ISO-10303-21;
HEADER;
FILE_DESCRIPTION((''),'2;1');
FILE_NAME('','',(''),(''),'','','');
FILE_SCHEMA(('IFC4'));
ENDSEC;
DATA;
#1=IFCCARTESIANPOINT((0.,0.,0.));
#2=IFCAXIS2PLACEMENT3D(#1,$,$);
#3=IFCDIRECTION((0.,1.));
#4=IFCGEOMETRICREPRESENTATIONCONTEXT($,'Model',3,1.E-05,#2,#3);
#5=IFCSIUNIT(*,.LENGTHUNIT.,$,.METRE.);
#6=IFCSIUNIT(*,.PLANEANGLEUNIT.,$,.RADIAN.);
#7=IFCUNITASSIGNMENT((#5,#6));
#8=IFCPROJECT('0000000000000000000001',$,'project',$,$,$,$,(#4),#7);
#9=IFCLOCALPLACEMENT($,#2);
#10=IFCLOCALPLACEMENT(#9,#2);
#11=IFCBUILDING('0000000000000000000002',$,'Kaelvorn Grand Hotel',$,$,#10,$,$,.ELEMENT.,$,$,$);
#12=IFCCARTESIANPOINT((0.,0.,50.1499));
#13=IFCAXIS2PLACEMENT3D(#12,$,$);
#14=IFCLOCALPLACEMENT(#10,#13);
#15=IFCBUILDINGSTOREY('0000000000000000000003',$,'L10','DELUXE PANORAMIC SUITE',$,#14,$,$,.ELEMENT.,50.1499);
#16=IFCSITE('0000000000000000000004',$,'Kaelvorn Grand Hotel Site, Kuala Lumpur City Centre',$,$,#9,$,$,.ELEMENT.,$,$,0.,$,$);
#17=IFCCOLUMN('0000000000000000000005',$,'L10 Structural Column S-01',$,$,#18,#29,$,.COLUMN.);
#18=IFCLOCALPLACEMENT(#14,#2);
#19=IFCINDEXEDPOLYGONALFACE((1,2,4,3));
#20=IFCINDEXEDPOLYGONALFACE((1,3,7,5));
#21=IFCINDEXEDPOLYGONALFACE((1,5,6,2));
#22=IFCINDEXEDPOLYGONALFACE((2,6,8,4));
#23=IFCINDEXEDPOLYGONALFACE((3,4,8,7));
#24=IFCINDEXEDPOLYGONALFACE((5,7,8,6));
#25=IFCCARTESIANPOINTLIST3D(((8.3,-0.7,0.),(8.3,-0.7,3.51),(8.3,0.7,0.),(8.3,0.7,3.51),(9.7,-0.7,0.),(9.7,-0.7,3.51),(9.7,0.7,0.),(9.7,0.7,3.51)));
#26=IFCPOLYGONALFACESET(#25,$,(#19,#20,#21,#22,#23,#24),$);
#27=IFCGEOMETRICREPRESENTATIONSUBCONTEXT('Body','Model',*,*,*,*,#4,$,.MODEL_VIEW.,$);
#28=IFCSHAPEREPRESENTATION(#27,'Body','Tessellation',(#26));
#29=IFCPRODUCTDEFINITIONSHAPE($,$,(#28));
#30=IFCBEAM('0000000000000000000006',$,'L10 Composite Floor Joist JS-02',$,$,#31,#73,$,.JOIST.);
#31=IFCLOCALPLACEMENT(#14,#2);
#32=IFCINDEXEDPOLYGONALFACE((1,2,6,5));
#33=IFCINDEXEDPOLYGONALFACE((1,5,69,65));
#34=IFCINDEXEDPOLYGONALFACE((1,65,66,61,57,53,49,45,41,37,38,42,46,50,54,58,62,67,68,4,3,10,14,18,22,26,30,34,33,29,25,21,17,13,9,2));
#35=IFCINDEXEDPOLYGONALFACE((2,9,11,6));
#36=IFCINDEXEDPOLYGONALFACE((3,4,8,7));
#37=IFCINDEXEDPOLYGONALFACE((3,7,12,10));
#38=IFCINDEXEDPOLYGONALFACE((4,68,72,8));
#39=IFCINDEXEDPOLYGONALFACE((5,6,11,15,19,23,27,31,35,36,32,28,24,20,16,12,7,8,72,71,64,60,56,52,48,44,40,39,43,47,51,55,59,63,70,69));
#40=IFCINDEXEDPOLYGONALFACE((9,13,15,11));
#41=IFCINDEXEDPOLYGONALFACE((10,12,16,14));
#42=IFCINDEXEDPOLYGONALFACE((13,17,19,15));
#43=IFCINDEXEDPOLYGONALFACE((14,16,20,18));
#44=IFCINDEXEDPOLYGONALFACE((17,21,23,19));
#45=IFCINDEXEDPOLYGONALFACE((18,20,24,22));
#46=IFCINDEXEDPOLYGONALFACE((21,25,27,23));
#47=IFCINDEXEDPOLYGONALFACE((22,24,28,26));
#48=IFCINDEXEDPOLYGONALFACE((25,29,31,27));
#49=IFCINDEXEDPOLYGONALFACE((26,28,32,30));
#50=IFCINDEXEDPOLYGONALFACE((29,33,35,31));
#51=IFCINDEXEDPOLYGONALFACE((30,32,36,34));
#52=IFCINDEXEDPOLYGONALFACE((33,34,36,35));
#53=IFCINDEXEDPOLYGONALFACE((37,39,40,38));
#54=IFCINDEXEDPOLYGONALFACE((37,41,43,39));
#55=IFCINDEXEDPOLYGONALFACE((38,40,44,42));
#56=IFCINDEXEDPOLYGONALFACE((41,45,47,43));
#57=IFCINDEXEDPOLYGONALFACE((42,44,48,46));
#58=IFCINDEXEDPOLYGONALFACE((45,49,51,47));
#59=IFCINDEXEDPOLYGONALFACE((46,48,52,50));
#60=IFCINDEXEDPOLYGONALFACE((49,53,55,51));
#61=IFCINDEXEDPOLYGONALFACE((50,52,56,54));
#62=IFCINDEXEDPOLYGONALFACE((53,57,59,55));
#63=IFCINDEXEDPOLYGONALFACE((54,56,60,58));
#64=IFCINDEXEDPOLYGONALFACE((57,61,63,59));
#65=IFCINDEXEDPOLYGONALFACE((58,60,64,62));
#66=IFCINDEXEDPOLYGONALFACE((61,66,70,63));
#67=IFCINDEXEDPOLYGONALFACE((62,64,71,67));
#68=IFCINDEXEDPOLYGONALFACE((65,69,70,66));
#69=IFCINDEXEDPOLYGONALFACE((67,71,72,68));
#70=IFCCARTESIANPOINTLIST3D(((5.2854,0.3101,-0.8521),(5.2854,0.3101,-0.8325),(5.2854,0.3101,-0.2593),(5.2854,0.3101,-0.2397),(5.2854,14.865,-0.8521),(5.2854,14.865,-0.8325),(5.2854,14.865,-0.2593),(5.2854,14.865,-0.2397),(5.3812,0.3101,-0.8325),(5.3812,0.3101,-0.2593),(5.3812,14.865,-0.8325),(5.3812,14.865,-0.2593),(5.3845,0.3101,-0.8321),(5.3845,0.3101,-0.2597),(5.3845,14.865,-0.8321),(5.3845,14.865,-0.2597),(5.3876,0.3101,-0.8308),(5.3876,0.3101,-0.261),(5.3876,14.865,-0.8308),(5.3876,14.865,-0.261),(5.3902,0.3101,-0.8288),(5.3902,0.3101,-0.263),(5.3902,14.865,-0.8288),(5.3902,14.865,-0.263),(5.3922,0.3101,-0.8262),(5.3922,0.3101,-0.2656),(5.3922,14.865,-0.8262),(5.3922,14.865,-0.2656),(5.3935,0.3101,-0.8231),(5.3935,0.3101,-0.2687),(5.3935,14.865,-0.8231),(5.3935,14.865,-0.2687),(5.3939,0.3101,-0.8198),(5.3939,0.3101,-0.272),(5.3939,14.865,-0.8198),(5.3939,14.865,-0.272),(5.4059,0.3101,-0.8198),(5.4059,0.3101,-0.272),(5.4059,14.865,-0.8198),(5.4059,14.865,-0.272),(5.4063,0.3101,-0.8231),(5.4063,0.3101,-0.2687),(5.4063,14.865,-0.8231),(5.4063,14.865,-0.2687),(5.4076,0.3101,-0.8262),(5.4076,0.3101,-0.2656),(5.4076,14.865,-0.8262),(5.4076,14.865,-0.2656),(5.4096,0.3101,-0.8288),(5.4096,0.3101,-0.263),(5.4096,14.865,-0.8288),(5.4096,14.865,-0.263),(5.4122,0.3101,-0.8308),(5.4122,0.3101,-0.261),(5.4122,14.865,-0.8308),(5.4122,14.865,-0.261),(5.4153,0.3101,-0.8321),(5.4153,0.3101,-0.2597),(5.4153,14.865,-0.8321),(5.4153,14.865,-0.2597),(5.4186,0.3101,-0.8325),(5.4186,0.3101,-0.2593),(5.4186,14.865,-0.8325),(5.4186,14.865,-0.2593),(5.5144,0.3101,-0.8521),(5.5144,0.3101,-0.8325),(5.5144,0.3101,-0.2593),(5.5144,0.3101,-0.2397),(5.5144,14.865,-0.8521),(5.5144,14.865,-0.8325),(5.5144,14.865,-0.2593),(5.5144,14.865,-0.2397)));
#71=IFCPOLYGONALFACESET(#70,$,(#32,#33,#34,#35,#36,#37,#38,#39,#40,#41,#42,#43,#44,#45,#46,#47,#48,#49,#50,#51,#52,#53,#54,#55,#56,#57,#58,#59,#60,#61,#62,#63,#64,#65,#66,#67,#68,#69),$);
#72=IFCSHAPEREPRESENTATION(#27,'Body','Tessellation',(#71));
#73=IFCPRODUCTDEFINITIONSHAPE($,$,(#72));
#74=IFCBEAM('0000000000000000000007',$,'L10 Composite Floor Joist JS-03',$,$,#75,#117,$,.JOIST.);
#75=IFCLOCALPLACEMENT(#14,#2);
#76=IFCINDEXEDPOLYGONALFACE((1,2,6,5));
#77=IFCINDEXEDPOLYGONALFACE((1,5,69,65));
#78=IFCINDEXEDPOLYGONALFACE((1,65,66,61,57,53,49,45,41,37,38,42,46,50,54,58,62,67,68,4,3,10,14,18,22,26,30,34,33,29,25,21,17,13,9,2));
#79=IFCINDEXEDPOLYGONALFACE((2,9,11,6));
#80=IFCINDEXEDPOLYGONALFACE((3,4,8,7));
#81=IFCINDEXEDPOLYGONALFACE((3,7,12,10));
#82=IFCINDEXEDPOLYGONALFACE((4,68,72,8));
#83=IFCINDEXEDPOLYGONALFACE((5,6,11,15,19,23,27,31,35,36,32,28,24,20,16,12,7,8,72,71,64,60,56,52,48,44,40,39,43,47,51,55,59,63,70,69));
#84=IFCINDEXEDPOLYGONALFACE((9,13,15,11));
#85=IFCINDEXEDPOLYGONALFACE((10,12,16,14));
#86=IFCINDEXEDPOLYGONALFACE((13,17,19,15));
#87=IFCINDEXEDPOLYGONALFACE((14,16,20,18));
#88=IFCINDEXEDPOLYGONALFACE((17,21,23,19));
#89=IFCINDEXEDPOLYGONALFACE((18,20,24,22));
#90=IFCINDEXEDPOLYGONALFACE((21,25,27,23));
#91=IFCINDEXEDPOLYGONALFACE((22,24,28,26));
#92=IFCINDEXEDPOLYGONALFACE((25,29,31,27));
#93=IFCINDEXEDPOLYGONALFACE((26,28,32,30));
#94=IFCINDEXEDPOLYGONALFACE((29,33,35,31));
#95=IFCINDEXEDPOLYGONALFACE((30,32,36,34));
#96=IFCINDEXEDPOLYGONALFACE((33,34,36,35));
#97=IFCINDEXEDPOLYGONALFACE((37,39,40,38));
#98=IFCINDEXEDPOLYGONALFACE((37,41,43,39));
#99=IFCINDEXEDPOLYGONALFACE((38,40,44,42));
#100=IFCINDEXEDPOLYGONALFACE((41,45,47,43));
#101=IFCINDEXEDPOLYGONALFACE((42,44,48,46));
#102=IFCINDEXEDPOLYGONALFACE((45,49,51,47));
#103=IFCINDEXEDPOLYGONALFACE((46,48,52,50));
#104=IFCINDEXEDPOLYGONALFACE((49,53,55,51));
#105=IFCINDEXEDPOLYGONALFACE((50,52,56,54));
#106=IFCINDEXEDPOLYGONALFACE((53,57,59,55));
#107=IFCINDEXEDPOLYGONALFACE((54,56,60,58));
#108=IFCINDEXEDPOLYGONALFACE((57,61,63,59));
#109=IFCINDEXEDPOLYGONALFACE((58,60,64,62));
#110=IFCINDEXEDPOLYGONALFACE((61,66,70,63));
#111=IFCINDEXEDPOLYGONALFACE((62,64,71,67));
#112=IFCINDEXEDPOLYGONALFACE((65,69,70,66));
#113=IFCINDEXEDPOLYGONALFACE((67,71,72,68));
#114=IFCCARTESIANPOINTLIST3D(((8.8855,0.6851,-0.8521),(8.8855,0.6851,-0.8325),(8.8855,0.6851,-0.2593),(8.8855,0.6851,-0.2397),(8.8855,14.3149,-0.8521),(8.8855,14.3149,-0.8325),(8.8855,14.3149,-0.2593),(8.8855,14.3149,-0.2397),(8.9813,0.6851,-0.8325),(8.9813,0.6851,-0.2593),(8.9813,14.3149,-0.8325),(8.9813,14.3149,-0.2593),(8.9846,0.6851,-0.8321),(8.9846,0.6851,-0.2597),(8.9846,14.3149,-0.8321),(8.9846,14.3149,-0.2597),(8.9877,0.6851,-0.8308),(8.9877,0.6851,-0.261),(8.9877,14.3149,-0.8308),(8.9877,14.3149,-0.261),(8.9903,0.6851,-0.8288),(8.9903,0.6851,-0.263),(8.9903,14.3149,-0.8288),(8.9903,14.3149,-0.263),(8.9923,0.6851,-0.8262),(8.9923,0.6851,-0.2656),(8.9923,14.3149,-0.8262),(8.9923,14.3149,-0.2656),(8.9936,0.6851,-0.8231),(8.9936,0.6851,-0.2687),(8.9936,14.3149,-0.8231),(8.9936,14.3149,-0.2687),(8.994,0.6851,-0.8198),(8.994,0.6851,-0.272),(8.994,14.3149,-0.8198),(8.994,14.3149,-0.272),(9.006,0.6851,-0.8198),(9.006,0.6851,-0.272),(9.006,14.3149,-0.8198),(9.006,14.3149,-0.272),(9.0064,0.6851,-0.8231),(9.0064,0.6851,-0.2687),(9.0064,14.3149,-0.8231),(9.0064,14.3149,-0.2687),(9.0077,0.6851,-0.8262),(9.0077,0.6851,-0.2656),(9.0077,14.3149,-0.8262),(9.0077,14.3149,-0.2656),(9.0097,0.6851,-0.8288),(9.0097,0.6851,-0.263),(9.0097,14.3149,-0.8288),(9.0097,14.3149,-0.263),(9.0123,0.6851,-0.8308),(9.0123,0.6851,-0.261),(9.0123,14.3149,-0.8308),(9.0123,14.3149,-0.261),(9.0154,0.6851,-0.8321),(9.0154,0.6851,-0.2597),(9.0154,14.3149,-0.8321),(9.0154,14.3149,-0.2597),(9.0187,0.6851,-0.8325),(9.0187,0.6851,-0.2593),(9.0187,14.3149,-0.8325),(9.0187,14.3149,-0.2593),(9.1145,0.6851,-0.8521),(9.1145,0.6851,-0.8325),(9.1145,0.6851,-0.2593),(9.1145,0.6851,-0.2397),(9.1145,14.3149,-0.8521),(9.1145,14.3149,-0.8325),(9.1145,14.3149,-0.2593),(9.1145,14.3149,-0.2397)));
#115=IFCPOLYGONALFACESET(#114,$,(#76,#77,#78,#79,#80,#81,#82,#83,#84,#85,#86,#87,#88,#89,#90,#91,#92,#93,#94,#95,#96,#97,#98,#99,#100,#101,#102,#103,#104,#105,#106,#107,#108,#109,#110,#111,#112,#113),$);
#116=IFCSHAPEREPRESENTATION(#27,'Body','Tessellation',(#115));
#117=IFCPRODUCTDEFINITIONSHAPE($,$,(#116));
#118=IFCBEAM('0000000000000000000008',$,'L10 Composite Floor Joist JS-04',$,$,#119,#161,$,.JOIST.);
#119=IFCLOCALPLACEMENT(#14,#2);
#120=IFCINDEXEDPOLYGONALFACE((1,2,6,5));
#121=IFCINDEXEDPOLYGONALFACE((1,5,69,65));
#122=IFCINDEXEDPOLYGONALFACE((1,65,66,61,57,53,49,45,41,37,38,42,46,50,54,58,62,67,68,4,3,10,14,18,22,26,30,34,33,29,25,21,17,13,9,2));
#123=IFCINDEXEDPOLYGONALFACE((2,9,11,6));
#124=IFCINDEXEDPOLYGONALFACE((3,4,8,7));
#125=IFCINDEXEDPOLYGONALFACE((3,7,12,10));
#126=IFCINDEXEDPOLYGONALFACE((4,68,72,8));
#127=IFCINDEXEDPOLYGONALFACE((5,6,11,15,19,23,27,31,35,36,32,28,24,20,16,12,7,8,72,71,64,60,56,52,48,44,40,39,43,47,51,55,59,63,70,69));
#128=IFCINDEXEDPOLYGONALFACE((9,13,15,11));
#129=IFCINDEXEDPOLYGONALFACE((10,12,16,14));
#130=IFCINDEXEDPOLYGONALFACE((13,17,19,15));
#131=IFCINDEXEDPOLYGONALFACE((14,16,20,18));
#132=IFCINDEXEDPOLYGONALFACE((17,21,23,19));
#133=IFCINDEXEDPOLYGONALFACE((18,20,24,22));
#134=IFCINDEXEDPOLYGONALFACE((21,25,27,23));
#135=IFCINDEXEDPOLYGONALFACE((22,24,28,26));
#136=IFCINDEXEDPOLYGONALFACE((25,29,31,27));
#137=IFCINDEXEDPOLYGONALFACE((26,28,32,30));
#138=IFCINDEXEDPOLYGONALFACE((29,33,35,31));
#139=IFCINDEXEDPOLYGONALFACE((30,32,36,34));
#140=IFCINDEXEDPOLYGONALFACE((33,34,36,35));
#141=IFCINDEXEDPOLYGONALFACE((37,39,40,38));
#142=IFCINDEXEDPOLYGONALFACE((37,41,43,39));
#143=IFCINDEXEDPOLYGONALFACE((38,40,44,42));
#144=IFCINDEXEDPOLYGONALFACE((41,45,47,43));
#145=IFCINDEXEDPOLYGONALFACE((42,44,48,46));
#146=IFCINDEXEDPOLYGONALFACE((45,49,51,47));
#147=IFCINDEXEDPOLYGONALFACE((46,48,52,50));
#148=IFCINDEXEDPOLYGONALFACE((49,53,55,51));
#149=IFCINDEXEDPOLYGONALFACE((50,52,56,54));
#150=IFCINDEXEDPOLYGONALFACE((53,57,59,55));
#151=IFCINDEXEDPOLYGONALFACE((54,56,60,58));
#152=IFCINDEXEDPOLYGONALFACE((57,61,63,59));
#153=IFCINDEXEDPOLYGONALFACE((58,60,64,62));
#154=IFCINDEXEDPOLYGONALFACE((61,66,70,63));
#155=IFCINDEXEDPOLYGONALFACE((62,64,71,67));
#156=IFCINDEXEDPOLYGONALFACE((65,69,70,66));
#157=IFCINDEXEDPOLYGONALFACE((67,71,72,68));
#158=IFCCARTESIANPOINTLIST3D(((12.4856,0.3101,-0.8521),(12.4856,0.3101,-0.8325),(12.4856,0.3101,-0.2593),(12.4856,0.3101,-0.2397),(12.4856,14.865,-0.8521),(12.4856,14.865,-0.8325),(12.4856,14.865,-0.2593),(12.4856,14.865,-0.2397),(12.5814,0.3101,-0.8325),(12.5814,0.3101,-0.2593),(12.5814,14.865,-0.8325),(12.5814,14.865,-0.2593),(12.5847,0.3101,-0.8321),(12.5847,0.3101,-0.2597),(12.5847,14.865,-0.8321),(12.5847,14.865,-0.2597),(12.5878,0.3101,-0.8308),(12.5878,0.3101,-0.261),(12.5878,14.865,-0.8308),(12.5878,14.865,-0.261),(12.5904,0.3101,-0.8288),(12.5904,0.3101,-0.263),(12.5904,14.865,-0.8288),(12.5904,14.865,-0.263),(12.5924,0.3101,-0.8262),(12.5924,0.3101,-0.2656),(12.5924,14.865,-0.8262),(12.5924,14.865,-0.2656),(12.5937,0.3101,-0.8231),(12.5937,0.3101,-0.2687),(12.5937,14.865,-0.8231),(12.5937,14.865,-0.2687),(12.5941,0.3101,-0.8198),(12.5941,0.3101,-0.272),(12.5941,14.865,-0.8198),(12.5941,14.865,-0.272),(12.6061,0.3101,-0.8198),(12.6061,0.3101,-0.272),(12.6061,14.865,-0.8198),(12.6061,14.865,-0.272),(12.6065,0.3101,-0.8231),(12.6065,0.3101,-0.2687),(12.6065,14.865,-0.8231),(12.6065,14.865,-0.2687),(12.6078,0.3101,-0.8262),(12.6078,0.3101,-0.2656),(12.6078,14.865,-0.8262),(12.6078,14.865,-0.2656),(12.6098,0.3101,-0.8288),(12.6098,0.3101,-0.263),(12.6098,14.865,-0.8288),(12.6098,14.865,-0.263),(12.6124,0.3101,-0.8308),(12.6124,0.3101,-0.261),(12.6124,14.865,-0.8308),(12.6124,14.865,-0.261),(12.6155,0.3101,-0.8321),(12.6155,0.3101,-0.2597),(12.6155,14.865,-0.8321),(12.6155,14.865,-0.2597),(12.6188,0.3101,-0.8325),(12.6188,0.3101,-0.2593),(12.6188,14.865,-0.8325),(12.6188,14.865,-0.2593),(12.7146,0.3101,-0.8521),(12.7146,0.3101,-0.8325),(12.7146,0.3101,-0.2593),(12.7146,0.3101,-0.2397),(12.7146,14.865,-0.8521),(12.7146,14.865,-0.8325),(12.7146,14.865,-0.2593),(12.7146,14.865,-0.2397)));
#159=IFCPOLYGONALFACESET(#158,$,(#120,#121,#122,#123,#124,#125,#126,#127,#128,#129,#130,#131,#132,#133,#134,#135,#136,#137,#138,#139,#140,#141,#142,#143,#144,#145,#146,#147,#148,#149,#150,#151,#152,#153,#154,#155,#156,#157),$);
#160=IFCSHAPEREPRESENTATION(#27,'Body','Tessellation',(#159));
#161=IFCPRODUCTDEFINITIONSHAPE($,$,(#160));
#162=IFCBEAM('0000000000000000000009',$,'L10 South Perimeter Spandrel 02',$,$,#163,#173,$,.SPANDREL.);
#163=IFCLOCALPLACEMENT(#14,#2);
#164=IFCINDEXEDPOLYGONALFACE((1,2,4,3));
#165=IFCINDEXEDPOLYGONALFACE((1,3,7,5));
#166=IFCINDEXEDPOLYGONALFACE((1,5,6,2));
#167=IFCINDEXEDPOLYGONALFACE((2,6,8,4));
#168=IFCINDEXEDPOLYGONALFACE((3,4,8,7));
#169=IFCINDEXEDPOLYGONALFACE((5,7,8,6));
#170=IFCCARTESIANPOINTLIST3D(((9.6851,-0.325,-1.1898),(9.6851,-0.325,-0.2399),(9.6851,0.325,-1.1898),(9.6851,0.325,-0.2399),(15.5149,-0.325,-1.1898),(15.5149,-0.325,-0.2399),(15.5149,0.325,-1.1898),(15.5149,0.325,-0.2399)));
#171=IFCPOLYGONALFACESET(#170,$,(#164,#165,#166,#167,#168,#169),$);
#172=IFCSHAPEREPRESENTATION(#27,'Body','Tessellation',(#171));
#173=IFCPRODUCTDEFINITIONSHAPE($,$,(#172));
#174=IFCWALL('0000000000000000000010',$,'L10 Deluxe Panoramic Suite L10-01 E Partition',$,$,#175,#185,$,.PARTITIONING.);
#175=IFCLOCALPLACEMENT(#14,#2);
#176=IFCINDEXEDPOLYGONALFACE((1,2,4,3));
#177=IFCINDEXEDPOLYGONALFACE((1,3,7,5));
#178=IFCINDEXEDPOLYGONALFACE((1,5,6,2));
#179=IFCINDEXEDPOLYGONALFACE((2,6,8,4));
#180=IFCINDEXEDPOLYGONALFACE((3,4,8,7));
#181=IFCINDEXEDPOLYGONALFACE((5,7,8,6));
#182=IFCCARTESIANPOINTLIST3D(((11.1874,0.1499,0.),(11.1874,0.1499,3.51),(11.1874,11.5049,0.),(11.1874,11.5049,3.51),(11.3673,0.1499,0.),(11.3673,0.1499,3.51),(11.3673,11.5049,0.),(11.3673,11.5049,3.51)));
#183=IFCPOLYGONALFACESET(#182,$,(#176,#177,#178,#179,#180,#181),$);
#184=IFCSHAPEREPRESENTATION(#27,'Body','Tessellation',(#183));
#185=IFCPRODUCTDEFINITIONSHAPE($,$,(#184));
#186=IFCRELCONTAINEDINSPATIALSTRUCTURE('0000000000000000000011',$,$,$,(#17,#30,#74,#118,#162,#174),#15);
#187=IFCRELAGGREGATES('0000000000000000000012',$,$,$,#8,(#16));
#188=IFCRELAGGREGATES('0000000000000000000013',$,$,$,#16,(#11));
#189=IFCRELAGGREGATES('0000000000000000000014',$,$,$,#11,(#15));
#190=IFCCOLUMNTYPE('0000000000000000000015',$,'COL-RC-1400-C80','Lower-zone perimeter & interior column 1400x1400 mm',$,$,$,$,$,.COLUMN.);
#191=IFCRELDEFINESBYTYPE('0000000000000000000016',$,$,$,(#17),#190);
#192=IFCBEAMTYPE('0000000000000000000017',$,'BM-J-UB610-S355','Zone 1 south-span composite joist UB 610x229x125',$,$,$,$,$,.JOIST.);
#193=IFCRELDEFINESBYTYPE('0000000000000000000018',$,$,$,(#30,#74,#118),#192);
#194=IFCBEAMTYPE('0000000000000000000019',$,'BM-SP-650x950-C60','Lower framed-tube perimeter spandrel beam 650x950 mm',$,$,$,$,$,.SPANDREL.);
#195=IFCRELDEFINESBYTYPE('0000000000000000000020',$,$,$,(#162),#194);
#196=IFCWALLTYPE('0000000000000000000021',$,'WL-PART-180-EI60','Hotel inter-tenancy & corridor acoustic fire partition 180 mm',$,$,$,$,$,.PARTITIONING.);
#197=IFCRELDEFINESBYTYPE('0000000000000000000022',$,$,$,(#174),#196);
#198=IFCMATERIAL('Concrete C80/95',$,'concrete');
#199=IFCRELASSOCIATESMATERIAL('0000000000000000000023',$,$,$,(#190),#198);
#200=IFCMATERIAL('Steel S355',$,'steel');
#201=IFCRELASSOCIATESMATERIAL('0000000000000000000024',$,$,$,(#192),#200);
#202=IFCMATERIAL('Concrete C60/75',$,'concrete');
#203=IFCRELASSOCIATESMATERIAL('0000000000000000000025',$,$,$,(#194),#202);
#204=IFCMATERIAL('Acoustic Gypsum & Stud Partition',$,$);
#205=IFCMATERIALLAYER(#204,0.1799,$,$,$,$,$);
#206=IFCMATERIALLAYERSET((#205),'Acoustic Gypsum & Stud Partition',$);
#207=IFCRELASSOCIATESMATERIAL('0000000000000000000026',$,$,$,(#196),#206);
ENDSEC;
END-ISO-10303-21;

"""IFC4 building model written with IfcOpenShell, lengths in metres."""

from ifc_helpers import new_model, si_unit, direction, frame, frame_2d, origin, origin_2d, place, context, subcontext, project, spatial, rectangle, i_section, extrude, material, layer, layer_set, material_profile, profile_set, type_object, element, save


model = new_model("IFC4")

# Units and contexts
model_context = context("Model", 3, precision=1e-05, world=origin(), true_north=direction((0.0, 1.0)))
body_context = subcontext(model_context, "Body", "Model", "MODEL_VIEW")
ifc_project = project(units=[si_unit("LENGTHUNIT", "METRE"), si_unit("PLANEANGLEUNIT", "RADIAN")], contexts=[model_context])

# Site, building, storey
site_placement = place(None, origin())
site = spatial("IfcSite", under=ifc_project, at=site_placement, Name="Kaelvorn Grand Hotel Site, Kuala Lumpur City Centre", CompositionType="ELEMENT", RefElevation=0.0)
building_placement = place(site_placement, origin())
building = spatial("IfcBuilding", under=site, at=building_placement, Name="Kaelvorn Grand Hotel", CompositionType="ELEMENT")
storey_placement = place(building_placement, frame((0.0, 0.0, 50.1499)))
storey = spatial("IfcBuildingStorey", under=building, at=storey_placement, Name="L10", Description="DELUXE PANORAMIC SUITE", CompositionType="ELEMENT", Elevation=50.1499)

# Column
ifc_material_1 = material(Name="Concrete C80/95", Category="concrete")
ifc_material_profile_1 = material_profile(ifc_material_1, rectangle(XDim=1.3999, YDim=1.3999, at=origin_2d()), Name="RC COL 1400x1400")
ifc_profile_set_1 = profile_set([ifc_material_profile_1], Name="Concrete C80/95")
column_type = type_object("IfcColumnType", Name="COL-RC-1400-C80", Description="Lower-zone perimeter & interior column 1400x1400 mm", PredefinedType="COLUMN", material=ifc_profile_set_1)
column_placement = place(storey_placement, frame((9.0, 0.0, 0.0), z_axis=(0.0, 0.0, 1.0), x_axis=(1.0, 0.0, 0.0)))
element("IfcColumn", 1, at=column_placement, inside=storey, type_object=column_type, Name="L10 Structural Column S-01", PredefinedType="COLUMN", context=body_context, shape_type="SweptSolid", body=[
    extrude(rectangle(XDim=1.3999, YDim=1.3999, at=origin_2d()), origin(), (0.0, 0.0, 1.0), 3.51),
])

# Beams
ifc_material_2 = material(Name="Steel S355", Category="steel")
ifc_material_profile_2 = material_profile(ifc_material_2, i_section(OverallWidth=0.229, OverallDepth=0.6123, WebThickness=0.012, FlangeThickness=0.0195, FilletRadius=0.0127, at=origin_2d()), Name="UB 610x229x125")
ifc_profile_set_2 = profile_set([ifc_material_profile_2], Name="Steel S355")
beam_type_1 = type_object("IfcBeamType", Name="BM-J-UB610-S355", Description="Zone 1 south-span composite joist UB 610x229x125", PredefinedType="JOIST", material=ifc_profile_set_2)
beam_1_placement = place(storey_placement, frame((5.3999, 0.3101, -0.5459), z_axis=(0.0, 1.0, 0.0), x_axis=(-1.0, 0.0, 0.0)))
element("IfcBeam", 2, at=beam_1_placement, inside=storey, type_object=beam_type_1, Name="L10 Composite Floor Joist JS-02", PredefinedType="JOIST", context=body_context, shape_type="SweptSolid", body=[
    extrude(i_section(OverallWidth=0.229, OverallDepth=0.6123, WebThickness=0.012, FlangeThickness=0.0195, FilletRadius=0.0127, at=origin_2d()), origin(), (0.0, 0.0, 1.0), 14.5549),
])
beam_2_placement = place(storey_placement, frame((9.0, 0.6851, -0.5459), z_axis=(0.0, 1.0, 0.0), x_axis=(-1.0, 0.0, 0.0)))
element("IfcBeam", 3, at=beam_2_placement, inside=storey, type_object=beam_type_1, Name="L10 Composite Floor Joist JS-03", PredefinedType="JOIST", context=body_context, shape_type="SweptSolid", body=[
    extrude(i_section(OverallWidth=0.229, OverallDepth=0.6123, WebThickness=0.012, FlangeThickness=0.0195, FilletRadius=0.0127, at=origin_2d()), origin(), (0.0, 0.0, 1.0), 13.6299),
])
beam_3_placement = place(storey_placement, frame((12.6001, 0.3101, -0.5459), z_axis=(0.0, 1.0, 0.0), x_axis=(-1.0, 0.0, 0.0)))
element("IfcBeam", 4, at=beam_3_placement, inside=storey, type_object=beam_type_1, Name="L10 Composite Floor Joist JS-04", PredefinedType="JOIST", context=body_context, shape_type="SweptSolid", body=[
    extrude(i_section(OverallWidth=0.229, OverallDepth=0.6123, WebThickness=0.012, FlangeThickness=0.0195, FilletRadius=0.0127, at=origin_2d()), origin(), (0.0, 0.0, 1.0), 14.5549),
])
ifc_material_3 = material(Name="Concrete C60/75", Category="concrete")
ifc_material_profile_3 = material_profile(ifc_material_3, rectangle(XDim=0.6499, YDim=0.95, at=origin_2d()), Name="RC SPANDREL 650x950")
ifc_profile_set_3 = profile_set([ifc_material_profile_3], Name="Concrete C60/75")
beam_type_2 = type_object("IfcBeamType", Name="BM-SP-650x950-C60", Description="Lower framed-tube perimeter spandrel beam 650x950 mm", PredefinedType="SPANDREL", material=ifc_profile_set_3)
beam_4_placement = place(storey_placement, frame((9.6851, 0.0, -0.7148), z_axis=(1.0, 0.0, 0.0), x_axis=(0.0, 1.0, 0.0)))
element("IfcBeam", 5, at=beam_4_placement, inside=storey, type_object=beam_type_2, Name="L10 South Perimeter Spandrel 02", PredefinedType="SPANDREL", context=body_context, shape_type="SweptSolid", body=[
    extrude(rectangle(XDim=0.6499, YDim=0.95, at=origin_2d()), origin(), (0.0, 0.0, 1.0), 5.8298),
])

# Wall
ifc_material_4 = material(Name="Acoustic Gypsum & Stud Partition")
ifc_layer_1 = layer(ifc_material_4, 0.1799)
ifc_layer_set_1 = layer_set([ifc_layer_1], Name="Acoustic Gypsum & Stud Partition")
wall_type = type_object("IfcWallType", Name="WL-PART-180-EI60", Description="Hotel inter-tenancy & corridor acoustic fire partition 180 mm", PredefinedType="PARTITIONING", material=ifc_layer_set_1)
wall_placement = place(storey_placement, frame((11.2773, 0.1499, 0.0), z_axis=(0.0, 0.0, 1.0), x_axis=(0.0, 1.0, 0.0)))
element("IfcWall", 6, at=wall_placement, inside=storey, type_object=wall_type, Name="L10 Deluxe Panoramic Suite L10-01 E Partition", PredefinedType="PARTITIONING", context=body_context, shape_type="SweptSolid", body=[
    extrude(rectangle(XDim=11.355, YDim=0.1799, at=frame_2d((5.6775, 0.0))), origin(), (0.0, 0.0, 1.0), 3.51),
])

save(model, "model.ifc")
